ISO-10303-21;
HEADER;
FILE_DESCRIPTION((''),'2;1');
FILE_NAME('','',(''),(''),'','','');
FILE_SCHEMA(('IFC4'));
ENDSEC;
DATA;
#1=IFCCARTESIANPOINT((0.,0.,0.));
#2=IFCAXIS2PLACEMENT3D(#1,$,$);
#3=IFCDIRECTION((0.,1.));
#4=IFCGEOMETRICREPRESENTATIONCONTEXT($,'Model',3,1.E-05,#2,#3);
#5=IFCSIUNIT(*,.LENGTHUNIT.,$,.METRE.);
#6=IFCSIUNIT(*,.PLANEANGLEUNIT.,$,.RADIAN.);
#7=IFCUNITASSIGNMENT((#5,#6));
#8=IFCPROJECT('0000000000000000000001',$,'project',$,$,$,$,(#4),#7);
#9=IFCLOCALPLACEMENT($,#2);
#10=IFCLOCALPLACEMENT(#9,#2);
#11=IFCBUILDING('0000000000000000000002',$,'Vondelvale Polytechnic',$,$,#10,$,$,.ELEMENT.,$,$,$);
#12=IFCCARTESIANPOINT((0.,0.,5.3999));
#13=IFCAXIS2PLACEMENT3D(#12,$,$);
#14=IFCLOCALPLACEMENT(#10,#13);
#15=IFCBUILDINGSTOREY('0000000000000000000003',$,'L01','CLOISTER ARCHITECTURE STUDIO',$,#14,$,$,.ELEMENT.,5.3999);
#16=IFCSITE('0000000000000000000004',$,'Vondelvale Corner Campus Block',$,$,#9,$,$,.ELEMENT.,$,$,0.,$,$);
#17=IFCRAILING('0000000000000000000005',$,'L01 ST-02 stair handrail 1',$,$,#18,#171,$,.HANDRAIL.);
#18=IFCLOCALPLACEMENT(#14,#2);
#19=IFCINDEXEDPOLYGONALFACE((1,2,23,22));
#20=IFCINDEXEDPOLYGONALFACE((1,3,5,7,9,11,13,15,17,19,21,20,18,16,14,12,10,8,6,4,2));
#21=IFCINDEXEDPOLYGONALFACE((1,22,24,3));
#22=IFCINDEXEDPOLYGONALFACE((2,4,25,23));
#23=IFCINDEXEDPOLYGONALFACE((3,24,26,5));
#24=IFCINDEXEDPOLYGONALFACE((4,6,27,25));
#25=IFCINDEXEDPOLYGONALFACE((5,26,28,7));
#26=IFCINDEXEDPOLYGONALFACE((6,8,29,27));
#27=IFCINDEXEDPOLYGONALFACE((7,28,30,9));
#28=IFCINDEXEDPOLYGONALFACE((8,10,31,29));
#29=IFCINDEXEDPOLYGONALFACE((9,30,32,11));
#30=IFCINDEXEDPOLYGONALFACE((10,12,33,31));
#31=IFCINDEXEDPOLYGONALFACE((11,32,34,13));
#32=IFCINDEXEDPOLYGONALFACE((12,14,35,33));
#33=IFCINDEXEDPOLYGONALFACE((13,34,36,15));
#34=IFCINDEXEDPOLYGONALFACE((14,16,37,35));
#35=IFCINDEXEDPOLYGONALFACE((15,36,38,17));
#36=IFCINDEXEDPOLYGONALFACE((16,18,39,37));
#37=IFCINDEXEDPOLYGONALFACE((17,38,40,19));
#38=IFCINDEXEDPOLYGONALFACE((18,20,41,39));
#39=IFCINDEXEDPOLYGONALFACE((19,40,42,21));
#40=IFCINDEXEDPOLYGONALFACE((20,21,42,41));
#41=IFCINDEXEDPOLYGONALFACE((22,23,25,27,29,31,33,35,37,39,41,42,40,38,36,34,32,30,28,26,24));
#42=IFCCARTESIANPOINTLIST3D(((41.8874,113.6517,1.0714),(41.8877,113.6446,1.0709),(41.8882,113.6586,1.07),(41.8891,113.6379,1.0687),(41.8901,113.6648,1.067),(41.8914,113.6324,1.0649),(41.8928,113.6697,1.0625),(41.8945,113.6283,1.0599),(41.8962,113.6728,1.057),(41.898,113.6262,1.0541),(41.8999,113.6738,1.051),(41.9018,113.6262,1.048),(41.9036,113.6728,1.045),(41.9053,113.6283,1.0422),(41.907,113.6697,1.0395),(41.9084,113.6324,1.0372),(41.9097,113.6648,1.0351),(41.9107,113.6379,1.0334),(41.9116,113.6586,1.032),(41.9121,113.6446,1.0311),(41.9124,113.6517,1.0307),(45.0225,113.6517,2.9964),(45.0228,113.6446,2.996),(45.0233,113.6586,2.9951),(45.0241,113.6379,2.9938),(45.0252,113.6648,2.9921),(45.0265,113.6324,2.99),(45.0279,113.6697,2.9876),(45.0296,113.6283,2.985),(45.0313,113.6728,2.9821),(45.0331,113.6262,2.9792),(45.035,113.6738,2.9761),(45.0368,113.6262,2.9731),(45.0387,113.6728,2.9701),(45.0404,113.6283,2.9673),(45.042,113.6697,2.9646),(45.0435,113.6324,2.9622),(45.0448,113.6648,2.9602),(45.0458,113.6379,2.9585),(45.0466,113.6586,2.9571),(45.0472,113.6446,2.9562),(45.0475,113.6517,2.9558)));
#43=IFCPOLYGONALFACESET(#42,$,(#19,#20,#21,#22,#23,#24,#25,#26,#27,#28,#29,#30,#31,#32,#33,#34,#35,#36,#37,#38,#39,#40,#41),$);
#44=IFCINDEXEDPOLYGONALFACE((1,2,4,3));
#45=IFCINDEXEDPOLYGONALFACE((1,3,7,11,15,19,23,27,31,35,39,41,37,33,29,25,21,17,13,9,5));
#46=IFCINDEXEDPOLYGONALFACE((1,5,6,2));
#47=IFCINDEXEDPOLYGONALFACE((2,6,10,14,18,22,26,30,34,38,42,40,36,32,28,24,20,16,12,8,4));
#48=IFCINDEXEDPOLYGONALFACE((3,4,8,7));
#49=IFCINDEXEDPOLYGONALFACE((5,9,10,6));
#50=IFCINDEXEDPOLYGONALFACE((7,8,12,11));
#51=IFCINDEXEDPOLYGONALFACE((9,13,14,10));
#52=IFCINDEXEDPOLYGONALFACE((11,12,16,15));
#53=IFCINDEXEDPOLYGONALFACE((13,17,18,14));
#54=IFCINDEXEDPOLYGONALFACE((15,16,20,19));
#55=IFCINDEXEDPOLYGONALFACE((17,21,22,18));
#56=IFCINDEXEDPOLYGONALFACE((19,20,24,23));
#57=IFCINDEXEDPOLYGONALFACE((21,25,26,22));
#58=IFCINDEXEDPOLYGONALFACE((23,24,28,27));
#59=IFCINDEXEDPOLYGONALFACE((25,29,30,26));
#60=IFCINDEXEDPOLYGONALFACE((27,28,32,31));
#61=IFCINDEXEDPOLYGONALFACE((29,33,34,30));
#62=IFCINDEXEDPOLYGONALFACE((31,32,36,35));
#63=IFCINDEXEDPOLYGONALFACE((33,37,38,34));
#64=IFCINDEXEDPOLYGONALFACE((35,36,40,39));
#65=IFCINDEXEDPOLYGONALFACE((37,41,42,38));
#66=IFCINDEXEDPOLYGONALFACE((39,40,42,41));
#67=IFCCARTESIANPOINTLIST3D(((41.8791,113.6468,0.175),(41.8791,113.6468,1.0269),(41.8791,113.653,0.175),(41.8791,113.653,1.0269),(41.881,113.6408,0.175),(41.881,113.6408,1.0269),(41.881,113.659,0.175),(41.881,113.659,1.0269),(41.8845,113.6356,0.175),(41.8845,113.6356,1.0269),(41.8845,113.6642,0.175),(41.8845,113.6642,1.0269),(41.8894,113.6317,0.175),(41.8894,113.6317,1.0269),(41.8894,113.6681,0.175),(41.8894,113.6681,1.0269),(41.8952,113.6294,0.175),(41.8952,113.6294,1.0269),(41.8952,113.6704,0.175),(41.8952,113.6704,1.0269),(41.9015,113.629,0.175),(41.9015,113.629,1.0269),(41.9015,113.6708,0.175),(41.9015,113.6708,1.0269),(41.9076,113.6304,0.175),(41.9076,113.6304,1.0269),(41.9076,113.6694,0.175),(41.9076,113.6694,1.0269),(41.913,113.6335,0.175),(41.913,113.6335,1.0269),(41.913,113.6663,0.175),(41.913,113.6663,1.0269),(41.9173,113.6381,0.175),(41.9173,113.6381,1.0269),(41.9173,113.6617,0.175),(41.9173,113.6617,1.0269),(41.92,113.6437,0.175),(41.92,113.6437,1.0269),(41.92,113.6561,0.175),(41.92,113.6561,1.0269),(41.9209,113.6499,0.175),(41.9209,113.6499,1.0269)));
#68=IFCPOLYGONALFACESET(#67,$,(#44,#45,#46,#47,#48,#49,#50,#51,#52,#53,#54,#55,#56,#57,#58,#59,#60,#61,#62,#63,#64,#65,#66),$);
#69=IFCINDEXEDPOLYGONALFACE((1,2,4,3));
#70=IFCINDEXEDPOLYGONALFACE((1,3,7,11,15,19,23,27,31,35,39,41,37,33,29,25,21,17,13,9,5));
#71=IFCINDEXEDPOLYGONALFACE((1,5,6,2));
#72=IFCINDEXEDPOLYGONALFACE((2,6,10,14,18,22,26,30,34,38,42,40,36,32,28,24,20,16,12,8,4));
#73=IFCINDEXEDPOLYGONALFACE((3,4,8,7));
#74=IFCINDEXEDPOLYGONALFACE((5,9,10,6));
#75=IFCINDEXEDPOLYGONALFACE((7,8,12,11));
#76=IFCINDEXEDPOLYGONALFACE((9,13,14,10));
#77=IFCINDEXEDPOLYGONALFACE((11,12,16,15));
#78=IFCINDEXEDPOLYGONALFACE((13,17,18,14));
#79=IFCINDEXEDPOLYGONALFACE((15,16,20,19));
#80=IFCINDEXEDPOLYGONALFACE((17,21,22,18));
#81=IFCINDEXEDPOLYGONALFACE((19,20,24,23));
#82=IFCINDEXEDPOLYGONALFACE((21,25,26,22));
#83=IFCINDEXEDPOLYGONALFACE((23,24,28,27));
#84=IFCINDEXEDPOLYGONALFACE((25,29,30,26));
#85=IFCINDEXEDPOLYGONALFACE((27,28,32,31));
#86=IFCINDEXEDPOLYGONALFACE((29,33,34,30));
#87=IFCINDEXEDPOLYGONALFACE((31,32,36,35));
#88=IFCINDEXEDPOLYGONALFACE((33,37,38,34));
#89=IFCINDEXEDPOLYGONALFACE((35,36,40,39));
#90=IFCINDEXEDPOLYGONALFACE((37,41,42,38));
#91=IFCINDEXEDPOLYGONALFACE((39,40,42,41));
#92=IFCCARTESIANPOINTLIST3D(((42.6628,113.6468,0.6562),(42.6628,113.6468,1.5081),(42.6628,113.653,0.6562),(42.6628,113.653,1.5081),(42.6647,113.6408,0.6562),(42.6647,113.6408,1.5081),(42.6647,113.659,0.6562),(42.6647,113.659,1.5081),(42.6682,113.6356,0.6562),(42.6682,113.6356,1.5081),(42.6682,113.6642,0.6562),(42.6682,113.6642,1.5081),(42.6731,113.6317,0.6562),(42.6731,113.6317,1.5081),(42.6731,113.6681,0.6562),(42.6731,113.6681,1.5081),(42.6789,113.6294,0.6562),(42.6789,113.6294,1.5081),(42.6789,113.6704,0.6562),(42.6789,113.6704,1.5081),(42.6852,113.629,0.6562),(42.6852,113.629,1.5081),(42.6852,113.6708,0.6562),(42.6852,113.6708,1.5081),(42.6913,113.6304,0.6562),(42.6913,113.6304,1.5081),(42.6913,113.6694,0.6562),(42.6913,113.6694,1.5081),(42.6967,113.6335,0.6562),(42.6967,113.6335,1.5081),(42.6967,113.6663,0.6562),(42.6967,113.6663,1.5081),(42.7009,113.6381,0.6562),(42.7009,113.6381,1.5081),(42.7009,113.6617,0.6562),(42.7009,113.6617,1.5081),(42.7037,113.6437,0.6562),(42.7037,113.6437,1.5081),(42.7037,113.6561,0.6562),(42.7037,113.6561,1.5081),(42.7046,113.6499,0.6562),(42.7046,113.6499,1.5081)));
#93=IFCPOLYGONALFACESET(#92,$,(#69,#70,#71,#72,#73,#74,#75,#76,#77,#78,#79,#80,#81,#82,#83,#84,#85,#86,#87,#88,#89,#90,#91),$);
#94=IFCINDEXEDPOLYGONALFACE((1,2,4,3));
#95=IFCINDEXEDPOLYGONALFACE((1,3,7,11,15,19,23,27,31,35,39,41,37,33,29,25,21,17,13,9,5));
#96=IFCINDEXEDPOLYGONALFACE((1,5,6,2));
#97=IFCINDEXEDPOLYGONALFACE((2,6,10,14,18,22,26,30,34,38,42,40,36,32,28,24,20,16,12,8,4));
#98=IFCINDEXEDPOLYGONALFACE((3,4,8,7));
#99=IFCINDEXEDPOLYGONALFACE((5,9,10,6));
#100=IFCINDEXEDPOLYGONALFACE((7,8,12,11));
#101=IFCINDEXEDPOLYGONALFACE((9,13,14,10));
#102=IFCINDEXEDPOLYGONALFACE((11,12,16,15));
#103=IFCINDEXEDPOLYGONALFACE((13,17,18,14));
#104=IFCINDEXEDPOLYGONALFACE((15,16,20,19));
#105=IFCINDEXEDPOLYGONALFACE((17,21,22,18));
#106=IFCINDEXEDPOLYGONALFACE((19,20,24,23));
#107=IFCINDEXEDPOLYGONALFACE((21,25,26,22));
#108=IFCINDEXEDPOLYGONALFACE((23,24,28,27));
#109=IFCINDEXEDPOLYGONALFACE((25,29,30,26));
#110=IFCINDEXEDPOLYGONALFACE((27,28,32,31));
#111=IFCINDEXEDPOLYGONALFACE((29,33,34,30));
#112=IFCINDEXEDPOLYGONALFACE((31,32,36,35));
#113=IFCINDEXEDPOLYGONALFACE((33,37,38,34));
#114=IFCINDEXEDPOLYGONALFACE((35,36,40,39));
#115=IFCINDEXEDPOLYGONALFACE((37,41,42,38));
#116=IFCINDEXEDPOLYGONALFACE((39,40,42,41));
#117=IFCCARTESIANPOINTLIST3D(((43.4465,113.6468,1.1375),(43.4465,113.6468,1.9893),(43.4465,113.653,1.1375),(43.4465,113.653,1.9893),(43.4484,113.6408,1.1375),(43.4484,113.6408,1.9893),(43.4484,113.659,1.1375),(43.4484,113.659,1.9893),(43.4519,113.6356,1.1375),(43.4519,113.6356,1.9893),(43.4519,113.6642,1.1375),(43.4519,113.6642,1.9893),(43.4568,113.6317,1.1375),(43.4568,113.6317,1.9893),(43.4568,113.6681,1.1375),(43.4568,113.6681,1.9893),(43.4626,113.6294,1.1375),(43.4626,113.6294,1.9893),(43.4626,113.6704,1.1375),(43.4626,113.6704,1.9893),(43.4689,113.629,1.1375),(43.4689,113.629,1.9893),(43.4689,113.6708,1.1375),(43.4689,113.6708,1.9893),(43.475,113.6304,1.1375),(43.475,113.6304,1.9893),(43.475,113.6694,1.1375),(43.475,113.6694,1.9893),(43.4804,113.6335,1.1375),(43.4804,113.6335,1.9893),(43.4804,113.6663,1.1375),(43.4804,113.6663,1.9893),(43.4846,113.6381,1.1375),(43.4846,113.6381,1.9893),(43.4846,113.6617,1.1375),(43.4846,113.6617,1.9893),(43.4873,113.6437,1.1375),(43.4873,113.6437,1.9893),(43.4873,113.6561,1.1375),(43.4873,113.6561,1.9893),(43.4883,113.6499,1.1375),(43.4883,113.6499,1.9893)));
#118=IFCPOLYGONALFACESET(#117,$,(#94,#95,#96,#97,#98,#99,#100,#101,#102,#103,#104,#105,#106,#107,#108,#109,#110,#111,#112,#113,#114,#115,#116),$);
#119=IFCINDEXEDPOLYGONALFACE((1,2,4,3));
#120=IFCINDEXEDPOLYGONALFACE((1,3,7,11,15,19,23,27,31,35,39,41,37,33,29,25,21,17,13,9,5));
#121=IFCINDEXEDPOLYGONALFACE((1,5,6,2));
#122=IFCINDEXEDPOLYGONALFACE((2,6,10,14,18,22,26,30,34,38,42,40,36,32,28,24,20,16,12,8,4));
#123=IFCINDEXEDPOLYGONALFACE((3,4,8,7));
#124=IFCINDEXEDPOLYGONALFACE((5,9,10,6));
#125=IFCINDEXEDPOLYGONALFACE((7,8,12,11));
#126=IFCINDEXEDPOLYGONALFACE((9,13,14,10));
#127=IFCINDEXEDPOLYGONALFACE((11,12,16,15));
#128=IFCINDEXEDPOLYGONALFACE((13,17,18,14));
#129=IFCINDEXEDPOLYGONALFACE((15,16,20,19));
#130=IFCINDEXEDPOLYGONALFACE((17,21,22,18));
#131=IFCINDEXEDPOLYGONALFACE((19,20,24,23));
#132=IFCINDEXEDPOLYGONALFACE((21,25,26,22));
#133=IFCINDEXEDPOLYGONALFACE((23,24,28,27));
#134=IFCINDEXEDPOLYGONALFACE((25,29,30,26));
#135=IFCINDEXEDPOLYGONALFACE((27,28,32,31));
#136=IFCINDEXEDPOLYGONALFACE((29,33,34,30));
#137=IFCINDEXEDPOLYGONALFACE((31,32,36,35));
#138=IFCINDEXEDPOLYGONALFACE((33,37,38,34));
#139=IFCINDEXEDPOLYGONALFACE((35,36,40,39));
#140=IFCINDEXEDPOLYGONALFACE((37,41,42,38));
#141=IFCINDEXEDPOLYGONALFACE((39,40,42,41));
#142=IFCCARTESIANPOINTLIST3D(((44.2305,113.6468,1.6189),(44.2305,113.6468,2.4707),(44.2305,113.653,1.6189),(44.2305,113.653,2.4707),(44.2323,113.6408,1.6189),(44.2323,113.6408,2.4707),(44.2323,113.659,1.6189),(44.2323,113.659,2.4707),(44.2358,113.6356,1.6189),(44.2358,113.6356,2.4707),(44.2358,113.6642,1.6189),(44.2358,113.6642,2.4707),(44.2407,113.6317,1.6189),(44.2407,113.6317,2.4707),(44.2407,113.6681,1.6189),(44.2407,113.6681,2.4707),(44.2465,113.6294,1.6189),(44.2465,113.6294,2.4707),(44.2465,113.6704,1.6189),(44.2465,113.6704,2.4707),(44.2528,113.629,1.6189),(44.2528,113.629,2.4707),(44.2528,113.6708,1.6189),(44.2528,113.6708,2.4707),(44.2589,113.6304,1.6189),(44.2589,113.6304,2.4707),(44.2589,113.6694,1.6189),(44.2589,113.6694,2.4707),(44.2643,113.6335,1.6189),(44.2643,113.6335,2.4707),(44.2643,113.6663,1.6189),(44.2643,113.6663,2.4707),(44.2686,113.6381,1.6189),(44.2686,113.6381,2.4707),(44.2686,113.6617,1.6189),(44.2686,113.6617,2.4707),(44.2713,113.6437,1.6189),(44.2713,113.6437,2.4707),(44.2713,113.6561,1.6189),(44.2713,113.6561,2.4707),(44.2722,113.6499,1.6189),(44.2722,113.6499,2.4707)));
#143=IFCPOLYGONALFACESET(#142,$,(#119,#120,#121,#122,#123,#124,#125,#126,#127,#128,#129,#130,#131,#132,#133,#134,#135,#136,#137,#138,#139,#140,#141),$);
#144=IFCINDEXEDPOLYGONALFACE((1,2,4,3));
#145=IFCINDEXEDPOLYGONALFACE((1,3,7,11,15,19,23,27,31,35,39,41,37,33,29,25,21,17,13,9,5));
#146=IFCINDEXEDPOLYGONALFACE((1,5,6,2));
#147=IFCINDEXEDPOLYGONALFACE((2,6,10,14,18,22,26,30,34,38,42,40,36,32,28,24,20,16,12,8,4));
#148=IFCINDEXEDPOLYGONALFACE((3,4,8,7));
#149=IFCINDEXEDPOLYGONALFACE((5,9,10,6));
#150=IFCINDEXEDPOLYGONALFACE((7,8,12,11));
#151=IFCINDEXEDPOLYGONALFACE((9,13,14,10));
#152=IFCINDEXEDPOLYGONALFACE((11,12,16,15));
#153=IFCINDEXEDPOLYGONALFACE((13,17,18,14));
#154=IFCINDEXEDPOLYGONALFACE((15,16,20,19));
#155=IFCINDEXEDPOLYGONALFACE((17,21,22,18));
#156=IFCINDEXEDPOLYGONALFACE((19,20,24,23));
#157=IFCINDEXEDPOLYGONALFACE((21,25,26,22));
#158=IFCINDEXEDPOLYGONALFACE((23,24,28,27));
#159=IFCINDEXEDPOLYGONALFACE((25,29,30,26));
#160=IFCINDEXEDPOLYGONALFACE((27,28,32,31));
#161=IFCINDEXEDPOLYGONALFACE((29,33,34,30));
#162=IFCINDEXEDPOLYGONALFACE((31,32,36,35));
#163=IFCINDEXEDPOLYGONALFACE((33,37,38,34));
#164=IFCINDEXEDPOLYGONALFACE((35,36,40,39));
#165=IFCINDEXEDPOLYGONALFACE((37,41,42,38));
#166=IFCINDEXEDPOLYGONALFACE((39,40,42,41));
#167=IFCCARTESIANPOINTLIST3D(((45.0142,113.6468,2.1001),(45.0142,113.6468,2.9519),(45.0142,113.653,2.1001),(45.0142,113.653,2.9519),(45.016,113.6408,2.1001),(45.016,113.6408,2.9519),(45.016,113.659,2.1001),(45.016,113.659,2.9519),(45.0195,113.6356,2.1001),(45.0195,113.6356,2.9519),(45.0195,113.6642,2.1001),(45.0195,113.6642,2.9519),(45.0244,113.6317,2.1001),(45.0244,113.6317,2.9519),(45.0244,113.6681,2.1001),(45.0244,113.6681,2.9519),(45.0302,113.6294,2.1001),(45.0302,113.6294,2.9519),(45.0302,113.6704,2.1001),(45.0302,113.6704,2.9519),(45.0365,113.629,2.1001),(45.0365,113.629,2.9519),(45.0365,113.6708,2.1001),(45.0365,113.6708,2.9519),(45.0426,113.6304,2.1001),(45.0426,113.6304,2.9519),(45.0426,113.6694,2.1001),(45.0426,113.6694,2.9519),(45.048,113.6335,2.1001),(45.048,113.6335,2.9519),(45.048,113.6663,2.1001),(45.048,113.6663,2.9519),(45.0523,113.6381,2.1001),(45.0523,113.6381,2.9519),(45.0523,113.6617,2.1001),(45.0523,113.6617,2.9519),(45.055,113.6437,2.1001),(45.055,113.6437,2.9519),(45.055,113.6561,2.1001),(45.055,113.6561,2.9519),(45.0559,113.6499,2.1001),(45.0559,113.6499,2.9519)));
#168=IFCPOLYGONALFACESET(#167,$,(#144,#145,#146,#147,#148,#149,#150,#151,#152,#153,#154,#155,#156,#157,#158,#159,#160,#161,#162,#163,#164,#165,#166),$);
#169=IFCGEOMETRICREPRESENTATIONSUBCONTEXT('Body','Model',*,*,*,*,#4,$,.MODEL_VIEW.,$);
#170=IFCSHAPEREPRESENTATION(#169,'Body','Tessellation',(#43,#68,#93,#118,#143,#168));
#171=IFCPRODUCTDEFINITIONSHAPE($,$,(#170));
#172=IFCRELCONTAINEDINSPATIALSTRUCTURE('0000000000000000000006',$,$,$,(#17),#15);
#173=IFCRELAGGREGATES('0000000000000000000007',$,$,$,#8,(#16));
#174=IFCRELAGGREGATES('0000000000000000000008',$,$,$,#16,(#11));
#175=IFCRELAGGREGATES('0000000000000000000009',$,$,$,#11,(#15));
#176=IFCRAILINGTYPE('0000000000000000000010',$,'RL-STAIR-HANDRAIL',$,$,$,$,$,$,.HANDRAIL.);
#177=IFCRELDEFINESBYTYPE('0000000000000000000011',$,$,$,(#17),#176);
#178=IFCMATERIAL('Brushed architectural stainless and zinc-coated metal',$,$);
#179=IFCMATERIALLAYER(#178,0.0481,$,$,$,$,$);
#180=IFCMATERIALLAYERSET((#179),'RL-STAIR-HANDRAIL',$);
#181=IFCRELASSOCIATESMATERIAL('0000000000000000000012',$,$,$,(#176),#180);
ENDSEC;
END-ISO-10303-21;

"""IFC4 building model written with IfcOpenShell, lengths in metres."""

from ifc_helpers import new_model, si_unit, direction, frame, origin, origin_2d, place, context, subcontext, project, spatial, circle, extrude, material, layer, layer_set, type_object, element, save


model = new_model("IFC4")

# Units and contexts
model_context = context("Model", 3, precision=1e-05, world=origin(), true_north=direction((0.0, 1.0)))
body_context = subcontext(model_context, "Body", "Model", "MODEL_VIEW")
ifc_project = project(units=[si_unit("LENGTHUNIT", "METRE"), si_unit("PLANEANGLEUNIT", "RADIAN")], contexts=[model_context])

# Site, building, storey
site_placement = place(None, origin())
site = spatial("IfcSite", under=ifc_project, at=site_placement, Name="Vondelvale Corner Campus Block", CompositionType="ELEMENT", RefElevation=0.0)
building_placement = place(site_placement, origin())
building = spatial("IfcBuilding", under=site, at=building_placement, Name="Vondelvale Polytechnic", CompositionType="ELEMENT")
storey_placement = place(building_placement, frame((0.0, 0.0, 5.3999)))
storey = spatial("IfcBuildingStorey", under=building, at=storey_placement, Name="L01", Description="CLOISTER ARCHITECTURE STUDIO", CompositionType="ELEMENT", Elevation=5.3999)

# Railing
ifc_material_1 = material(Name="Brushed architectural stainless and zinc-coated metal")
ifc_layer_1 = layer(ifc_material_1, 0.0481)
ifc_layer_set_1 = layer_set([ifc_layer_1], Name="RL-STAIR-HANDRAIL")
railing_type_1 = type_object("IfcRailingType", Name="RL-STAIR-HANDRAIL", PredefinedType="HANDRAIL", material=ifc_layer_set_1)
railing_1_placement = place(storey_placement, frame((41.8999, 113.6499, 0.175)))
element("IfcRailing", 1, at=railing_1_placement, inside=storey, type_object=railing_type_1, Name="L01 ST-02 stair handrail 1", PredefinedType="HANDRAIL", context=body_context, shape_type="SweptSolid", body=[
    extrude(circle(Radius=0.0239, at=origin_2d()), frame((0.0, 0.0, 0.876), z_axis=(0.852166, 0.0, 0.523271), x_axis=(0.0, 1.0, 0.0)), (0.0, 0.0, 1.0), 3.679),
    extrude(circle(Radius=0.021, at=origin_2d()), origin(), (0.0, 0.0, 1.0), 0.8518),
    extrude(circle(Radius=0.021, at=origin_2d()), frame((0.7837, 0.0, 0.4812)), (0.0, 0.0, 1.0), 0.8518),
    extrude(circle(Radius=0.021, at=origin_2d()), frame((1.5674, 0.0, 0.9624)), (0.0, 0.0, 1.0), 0.8518),
    extrude(circle(Radius=0.021, at=origin_2d()), frame((2.3513, 0.0, 1.4438)), (0.0, 0.0, 1.0), 0.8518),
    extrude(circle(Radius=0.021, at=origin_2d()), frame((3.135, 0.0, 1.925)), (0.0, 0.0, 1.0), 0.8518),
])

save(model, "model.ifc")
